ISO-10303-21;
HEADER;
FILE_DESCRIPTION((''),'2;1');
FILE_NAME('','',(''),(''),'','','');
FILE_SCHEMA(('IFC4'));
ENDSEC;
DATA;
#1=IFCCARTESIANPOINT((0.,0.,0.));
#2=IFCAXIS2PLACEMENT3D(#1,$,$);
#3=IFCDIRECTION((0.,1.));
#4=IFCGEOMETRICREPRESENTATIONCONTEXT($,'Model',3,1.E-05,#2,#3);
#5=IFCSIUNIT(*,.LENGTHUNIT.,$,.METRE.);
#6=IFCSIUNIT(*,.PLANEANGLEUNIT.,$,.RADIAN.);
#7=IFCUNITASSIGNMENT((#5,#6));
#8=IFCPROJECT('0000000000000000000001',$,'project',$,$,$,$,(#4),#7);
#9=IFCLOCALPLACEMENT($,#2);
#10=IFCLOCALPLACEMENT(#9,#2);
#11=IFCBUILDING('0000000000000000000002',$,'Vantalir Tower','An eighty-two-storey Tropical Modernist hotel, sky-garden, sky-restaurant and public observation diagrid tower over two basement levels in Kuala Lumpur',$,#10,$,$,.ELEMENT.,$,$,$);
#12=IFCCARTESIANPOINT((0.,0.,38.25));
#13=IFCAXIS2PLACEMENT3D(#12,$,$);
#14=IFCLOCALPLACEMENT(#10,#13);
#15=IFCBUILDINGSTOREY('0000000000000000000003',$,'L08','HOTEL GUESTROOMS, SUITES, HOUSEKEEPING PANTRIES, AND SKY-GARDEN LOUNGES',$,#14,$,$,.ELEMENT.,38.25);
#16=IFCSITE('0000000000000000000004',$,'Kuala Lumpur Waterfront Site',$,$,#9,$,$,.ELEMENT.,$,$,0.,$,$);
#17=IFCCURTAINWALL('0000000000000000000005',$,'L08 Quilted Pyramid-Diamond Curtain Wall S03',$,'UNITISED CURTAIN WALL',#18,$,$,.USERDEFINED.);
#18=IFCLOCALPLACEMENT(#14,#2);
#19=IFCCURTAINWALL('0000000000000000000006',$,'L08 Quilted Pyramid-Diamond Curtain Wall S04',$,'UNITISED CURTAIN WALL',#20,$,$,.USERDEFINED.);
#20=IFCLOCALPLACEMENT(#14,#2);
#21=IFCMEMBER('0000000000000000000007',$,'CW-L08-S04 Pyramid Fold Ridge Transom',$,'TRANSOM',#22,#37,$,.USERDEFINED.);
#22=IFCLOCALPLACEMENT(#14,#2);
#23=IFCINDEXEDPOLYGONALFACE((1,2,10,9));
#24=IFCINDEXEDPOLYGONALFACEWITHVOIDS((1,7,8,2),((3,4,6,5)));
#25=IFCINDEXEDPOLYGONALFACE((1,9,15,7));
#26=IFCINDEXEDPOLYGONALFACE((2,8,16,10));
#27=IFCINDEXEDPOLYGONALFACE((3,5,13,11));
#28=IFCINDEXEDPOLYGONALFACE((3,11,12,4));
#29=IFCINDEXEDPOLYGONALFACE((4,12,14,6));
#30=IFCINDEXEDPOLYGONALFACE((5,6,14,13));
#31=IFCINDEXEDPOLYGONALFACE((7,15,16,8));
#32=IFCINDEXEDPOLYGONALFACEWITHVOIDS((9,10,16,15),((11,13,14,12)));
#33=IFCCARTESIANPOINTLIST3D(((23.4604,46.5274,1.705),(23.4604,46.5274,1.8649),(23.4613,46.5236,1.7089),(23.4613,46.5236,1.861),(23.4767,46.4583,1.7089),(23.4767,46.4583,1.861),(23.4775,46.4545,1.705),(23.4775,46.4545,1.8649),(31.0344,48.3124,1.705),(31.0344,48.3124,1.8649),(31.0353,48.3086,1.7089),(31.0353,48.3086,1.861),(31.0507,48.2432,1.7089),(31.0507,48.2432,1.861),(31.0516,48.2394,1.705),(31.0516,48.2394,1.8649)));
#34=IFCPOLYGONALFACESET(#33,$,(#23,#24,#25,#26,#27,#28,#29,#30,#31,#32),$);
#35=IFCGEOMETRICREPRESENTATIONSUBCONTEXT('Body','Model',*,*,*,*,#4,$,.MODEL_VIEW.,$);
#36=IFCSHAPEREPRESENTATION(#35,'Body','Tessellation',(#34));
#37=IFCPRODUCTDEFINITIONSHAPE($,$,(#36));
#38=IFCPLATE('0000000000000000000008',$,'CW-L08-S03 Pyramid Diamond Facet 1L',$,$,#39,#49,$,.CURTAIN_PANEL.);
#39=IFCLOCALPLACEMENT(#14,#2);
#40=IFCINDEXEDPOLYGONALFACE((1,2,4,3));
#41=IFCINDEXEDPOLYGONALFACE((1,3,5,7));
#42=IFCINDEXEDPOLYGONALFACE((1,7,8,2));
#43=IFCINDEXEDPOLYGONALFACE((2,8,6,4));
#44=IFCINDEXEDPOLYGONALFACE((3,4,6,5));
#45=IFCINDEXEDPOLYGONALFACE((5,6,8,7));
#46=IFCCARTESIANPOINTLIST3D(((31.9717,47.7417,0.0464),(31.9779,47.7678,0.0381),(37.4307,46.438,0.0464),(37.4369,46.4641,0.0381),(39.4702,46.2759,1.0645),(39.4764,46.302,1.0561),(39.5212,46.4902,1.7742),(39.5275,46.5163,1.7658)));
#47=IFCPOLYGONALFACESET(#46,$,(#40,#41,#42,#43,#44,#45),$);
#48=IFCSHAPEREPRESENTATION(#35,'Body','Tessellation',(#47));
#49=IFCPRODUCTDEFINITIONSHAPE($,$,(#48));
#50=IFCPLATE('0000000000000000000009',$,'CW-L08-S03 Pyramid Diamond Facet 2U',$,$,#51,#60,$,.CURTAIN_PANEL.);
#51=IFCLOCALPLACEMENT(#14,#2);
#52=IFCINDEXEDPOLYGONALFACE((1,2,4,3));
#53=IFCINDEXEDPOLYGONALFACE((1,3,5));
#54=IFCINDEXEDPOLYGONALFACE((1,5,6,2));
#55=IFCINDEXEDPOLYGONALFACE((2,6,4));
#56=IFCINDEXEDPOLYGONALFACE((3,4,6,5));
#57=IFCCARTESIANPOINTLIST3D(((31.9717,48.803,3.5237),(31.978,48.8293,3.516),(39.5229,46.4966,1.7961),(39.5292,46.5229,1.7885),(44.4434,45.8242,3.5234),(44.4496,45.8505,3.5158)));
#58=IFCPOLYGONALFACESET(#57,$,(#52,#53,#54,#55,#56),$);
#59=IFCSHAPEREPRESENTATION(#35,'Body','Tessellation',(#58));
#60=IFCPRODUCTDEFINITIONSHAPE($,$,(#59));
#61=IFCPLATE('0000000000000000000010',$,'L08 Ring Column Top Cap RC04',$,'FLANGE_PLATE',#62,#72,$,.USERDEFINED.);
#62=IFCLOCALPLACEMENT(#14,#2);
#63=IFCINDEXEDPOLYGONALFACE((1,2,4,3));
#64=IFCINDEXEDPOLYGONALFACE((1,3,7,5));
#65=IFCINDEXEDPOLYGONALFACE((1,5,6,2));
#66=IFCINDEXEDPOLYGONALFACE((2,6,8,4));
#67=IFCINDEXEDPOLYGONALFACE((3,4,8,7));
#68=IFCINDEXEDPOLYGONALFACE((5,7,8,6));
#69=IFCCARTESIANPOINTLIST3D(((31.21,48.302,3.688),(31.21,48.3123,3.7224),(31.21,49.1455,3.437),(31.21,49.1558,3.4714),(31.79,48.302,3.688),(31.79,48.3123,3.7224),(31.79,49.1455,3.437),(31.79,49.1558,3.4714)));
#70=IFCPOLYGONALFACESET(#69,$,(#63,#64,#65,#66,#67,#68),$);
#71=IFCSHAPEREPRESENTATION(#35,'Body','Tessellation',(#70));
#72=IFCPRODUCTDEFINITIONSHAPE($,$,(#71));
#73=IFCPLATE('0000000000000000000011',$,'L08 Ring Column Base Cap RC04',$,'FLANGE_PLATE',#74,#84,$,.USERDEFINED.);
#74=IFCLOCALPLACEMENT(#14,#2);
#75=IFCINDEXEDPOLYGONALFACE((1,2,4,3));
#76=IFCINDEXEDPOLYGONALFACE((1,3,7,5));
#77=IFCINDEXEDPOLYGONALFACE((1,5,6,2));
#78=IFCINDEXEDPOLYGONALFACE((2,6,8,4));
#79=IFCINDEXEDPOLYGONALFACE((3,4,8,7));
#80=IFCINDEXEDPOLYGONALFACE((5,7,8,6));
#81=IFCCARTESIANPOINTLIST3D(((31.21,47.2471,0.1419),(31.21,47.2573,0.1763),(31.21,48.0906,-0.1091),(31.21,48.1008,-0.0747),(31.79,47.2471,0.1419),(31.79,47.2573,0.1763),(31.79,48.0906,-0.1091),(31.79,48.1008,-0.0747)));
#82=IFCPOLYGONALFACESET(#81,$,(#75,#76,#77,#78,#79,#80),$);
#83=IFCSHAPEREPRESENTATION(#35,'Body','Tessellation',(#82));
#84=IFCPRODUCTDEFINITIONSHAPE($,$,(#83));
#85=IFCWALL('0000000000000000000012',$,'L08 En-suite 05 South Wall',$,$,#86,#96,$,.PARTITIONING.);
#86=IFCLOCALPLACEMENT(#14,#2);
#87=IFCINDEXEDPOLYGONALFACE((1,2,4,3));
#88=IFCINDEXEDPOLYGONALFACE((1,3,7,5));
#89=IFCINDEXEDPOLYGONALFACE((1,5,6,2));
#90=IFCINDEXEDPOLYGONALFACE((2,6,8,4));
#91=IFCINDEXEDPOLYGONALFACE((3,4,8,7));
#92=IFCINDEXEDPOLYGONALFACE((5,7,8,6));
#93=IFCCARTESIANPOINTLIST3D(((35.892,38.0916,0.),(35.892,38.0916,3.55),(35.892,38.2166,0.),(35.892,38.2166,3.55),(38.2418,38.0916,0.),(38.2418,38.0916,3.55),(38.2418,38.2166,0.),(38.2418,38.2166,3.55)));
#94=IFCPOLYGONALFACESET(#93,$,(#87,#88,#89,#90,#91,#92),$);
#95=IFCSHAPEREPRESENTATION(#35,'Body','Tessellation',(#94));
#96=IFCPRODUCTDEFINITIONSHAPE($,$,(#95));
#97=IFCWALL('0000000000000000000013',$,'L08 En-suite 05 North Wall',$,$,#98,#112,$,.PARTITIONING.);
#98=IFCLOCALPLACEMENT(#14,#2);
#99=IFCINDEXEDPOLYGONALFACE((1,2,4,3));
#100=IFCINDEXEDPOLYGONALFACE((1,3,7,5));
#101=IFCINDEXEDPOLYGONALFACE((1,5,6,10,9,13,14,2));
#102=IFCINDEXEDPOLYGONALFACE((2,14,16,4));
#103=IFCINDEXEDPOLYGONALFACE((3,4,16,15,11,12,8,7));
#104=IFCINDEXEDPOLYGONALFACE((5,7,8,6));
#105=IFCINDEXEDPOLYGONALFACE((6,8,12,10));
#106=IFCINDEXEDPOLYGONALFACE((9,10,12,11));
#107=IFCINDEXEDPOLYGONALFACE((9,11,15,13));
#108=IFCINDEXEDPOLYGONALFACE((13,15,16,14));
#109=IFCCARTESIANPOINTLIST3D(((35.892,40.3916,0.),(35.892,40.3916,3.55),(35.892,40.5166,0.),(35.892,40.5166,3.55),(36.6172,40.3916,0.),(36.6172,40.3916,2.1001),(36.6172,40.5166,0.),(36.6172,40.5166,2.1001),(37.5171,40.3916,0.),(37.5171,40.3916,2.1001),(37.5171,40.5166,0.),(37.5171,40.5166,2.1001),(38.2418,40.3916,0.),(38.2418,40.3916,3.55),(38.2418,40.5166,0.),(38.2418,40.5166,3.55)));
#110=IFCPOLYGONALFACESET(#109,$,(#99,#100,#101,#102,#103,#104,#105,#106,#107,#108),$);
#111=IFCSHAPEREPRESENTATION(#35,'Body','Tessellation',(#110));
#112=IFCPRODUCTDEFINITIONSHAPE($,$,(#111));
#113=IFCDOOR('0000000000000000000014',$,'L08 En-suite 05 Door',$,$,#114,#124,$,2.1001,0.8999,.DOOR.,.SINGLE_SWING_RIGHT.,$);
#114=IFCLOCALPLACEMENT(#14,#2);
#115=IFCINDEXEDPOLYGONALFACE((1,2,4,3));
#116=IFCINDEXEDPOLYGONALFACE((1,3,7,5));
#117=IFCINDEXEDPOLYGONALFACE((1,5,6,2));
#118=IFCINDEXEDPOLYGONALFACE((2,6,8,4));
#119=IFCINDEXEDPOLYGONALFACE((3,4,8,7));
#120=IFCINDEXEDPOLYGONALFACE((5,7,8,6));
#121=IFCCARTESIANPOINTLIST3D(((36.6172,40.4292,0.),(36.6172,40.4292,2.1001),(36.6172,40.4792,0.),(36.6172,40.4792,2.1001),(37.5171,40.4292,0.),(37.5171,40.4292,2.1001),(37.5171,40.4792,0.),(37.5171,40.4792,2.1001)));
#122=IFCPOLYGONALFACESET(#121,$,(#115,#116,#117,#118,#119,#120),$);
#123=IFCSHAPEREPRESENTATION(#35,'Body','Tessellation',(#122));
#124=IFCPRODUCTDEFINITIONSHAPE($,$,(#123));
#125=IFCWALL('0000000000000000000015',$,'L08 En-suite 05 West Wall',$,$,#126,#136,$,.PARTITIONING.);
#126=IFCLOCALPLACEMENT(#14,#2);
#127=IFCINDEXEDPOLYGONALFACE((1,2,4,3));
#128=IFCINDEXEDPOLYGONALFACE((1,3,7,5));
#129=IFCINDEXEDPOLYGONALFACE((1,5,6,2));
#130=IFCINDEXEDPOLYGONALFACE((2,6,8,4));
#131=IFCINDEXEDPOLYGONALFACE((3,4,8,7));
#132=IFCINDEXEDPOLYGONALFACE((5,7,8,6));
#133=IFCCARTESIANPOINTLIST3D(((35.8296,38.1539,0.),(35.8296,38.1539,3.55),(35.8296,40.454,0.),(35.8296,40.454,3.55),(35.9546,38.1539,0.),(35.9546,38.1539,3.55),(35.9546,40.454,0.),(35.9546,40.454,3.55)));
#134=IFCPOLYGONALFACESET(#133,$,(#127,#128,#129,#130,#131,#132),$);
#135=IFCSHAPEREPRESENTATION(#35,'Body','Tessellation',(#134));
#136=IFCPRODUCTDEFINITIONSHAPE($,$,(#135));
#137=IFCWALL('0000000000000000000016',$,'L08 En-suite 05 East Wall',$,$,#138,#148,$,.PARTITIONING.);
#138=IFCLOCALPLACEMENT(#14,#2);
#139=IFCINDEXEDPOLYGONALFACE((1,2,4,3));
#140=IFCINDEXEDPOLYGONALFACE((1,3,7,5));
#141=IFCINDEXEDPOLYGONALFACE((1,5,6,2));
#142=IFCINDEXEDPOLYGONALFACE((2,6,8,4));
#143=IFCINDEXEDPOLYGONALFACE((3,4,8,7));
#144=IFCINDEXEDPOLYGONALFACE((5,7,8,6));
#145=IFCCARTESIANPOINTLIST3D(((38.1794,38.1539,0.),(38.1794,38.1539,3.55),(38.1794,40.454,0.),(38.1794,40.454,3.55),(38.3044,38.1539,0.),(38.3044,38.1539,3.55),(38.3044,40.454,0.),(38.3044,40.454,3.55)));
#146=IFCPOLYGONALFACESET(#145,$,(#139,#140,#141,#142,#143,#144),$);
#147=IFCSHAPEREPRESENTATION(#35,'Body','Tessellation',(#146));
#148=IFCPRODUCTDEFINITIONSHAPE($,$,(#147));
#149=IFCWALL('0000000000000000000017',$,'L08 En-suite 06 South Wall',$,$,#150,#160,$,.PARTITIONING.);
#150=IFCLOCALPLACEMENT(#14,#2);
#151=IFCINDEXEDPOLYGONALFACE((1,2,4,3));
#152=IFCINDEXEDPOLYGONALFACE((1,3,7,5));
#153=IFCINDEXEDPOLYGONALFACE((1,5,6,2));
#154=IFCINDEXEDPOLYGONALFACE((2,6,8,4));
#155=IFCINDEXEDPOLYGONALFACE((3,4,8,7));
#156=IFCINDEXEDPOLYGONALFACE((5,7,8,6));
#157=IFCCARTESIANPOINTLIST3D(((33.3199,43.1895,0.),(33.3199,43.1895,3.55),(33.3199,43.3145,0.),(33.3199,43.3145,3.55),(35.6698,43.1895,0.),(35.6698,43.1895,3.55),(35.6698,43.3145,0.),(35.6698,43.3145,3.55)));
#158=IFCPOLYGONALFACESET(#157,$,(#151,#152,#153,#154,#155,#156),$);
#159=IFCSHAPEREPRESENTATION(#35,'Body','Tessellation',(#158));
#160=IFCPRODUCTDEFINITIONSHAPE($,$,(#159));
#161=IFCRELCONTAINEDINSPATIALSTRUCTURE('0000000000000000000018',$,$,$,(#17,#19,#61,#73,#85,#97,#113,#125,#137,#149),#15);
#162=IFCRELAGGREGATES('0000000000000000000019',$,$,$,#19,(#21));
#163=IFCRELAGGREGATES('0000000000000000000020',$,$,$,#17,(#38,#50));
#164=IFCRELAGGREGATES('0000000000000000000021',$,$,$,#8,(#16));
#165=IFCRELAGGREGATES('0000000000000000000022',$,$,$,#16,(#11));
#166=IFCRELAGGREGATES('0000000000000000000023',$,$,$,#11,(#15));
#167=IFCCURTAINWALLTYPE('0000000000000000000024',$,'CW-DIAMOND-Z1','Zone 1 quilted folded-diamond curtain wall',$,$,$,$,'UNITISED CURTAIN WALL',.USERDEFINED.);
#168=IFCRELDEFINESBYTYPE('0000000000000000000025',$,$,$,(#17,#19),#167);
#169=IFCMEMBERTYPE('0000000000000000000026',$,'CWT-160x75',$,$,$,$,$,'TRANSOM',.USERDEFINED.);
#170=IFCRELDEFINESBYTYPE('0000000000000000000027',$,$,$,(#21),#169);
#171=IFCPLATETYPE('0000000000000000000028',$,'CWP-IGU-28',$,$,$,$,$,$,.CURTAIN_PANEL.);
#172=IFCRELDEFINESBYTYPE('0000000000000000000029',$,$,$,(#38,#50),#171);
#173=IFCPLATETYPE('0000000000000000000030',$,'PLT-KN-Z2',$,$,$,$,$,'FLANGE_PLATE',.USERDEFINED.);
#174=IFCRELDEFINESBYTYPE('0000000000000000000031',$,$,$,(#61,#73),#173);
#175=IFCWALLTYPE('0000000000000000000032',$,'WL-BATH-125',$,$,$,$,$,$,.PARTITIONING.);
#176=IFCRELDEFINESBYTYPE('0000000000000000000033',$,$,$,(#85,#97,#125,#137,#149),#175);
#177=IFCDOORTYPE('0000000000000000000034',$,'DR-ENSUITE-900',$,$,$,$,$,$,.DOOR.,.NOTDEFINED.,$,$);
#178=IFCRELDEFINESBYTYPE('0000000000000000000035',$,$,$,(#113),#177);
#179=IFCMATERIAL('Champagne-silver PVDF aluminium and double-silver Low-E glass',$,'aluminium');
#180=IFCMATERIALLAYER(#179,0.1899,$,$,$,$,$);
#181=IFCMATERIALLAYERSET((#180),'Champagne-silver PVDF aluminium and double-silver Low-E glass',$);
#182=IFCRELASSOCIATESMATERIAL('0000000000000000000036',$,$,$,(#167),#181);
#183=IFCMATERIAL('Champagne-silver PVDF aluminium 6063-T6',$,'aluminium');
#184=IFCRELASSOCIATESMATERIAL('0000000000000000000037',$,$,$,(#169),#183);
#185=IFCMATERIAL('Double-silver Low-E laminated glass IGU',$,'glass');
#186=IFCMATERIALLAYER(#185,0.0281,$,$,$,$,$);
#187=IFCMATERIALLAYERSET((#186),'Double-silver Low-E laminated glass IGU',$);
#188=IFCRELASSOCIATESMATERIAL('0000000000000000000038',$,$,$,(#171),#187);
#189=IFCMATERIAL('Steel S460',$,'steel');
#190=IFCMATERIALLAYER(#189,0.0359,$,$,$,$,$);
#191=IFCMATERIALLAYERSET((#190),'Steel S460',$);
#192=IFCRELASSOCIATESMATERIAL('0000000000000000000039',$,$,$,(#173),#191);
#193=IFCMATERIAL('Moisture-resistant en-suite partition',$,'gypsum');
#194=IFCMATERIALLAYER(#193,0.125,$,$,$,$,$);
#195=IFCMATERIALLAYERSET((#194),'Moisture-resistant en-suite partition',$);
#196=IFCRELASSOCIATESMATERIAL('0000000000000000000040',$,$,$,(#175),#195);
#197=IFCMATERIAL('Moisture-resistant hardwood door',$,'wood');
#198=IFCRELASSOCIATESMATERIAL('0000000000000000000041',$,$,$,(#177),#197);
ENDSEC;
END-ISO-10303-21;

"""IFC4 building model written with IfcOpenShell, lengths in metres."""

from ifc_helpers import new_model, si_unit, direction, frame, frame_2d, origin, origin_2d, place, context, subcontext, project, spatial, polyline, rectangle, hollow_rectangle, outline, extrude, material, layer, layer_set, material_profile, profile_set, type_object, element, fill, aggregate, save


model = new_model("IFC4")

# Units and contexts
model_context = context("Model", 3, precision=1e-05, world=origin(), true_north=direction((0.0, 1.0)))
body_context = subcontext(model_context, "Body", "Model", "MODEL_VIEW")
ifc_project = project(units=[si_unit("LENGTHUNIT", "METRE"), si_unit("PLANEANGLEUNIT", "RADIAN")], contexts=[model_context])

# Site, building, storey
site_placement = place(None, origin())
site = spatial("IfcSite", under=ifc_project, at=site_placement, Name="Kuala Lumpur Waterfront Site", CompositionType="ELEMENT", RefElevation=0.0)
building_placement = place(site_placement, origin())
building = spatial("IfcBuilding", under=site, at=building_placement, Name="Vantalir Tower", Description="An eighty-two-storey Tropical Modernist hotel, sky-garden, sky-restaurant and public observation diagrid tower over two basement levels in Kuala Lumpur", CompositionType="ELEMENT")
storey_placement = place(building_placement, frame((0.0, 0.0, 38.25)))
storey = spatial("IfcBuildingStorey", under=building, at=storey_placement, Name="L08", Description="HOTEL GUESTROOMS, SUITES, HOUSEKEEPING PANTRIES, AND SKY-GARDEN LOUNGES", CompositionType="ELEMENT", Elevation=38.25)

# Shared definitions
ifc_material_1 = material(Name="Steel S460", Category="steel")

# Curtain wall
ifc_material_2 = material(Name="Champagne-silver PVDF aluminium and double-silver Low-E glass", Category="aluminium")
ifc_layer_1 = layer(ifc_material_2, 0.1899)
ifc_layer_set_1 = layer_set([ifc_layer_1], Name="Champagne-silver PVDF aluminium and double-silver Low-E glass")
curtain_wall_type = type_object("IfcCurtainWallType", Name="CW-DIAMOND-Z1", Description="Zone 1 quilted folded-diamond curtain wall", ElementType="UNITISED CURTAIN WALL", PredefinedType="USERDEFINED", material=ifc_layer_set_1)
curtain_wall_1_placement = place(storey_placement, origin())
curtain_wall_1 = element("IfcCurtainWall", 1, at=curtain_wall_1_placement, inside=storey, type_object=curtain_wall_type, Name="L08 Quilted Pyramid-Diamond Curtain Wall S03", ObjectType="UNITISED CURTAIN WALL", PredefinedType="USERDEFINED")
ifc_material_3 = material(Name="Champagne-silver PVDF aluminium 6063-T6", Category="aluminium")

# Curtain wall, member
curtain_wall_2_placement = place(storey_placement, origin())
curtain_wall_2 = element("IfcCurtainWall", 2, at=curtain_wall_2_placement, inside=storey, type_object=curtain_wall_type, Name="L08 Quilted Pyramid-Diamond Curtain Wall S04", ObjectType="UNITISED CURTAIN WALL", PredefinedType="USERDEFINED")
ifc_material_profile_1 = material_profile(ifc_material_3, hollow_rectangle(XDim=0.075, YDim=0.1599, WallThickness=0.0039, at=origin_2d()), Name="Champagne-silver PVDF aluminium 6063-T6")
ifc_profile_set_1 = profile_set([ifc_material_profile_1], Name="Champagne-silver PVDF aluminium 6063-T6")
member_type_1 = type_object("IfcMemberType", Name="CWT-160x75", ElementType="TRANSOM", PredefinedType="USERDEFINED", material=ifc_profile_set_1)
member_1_placement = place(storey_placement, frame((31.043, 48.2759, 1.7849), z_axis=(-0.973337, -0.22938, 0.0), x_axis=(0.22938, -0.973337, 0.0)))
member_1 = element("IfcMember", 3, at=member_1_placement, type_object=member_type_1, Name="CW-L08-S04 Pyramid Fold Ridge Transom", ObjectType="TRANSOM", PredefinedType="USERDEFINED", context=body_context, shape_type="SweptSolid", body=[
    extrude(hollow_rectangle(XDim=0.075, YDim=0.1599, WallThickness=0.0039, at=origin_2d()), origin(), (0.0, 0.0, 1.0), 7.7815),
])
aggregate(curtain_wall_2, [member_1])

# Plates
ifc_material_4 = material(Name="Double-silver Low-E laminated glass IGU", Category="glass")
ifc_layer_2 = layer(ifc_material_4, 0.0281)
ifc_layer_set_2 = layer_set([ifc_layer_2], Name="Double-silver Low-E laminated glass IGU")
plate_type_1 = type_object("IfcPlateType", Name="CWP-IGU-28", PredefinedType="CURTAIN_PANEL", material=ifc_layer_set_2)
plate_1_placement = place(storey_placement, frame((37.4307, 46.438, 0.0464), z_axis=(-0.22184, -0.928907, 0.296511), x_axis=(-0.972647, 0.232287, 0.0)))
plate_1 = element("IfcPlate", 4, at=plate_1_placement, type_object=plate_type_1, Name="CW-L08-S03 Pyramid Diamond Facet 1L", PredefinedType="CURTAIN_PANEL", context=body_context, shape_type="SweptSolid", body=[
    extrude(outline(polyline([(0.0, 0.0), (5.6125, 0.0), (-2.0213, -1.8091), (-2.0214, -1.066), (0.0, 0.0)])), origin(), (0.0, 0.0, -1.0), 0.0281),
])
plate_2_placement = place(storey_placement, frame((31.9717, 48.803, 3.5237), z_axis=(-0.223516, -0.935856, 0.272424), x_axis=(0.972642, -0.232308, -0.000019)))
plate_2 = element("IfcPlate", 5, at=plate_2_placement, type_object=plate_type_1, Name="CW-L08-S03 Pyramid Diamond Facet 2U", PredefinedType="CURTAIN_PANEL", context=body_context, shape_type="SweptSolid", body=[
    extrude(outline(polyline([(0.0, 0.0), (12.8225, 0.0), (7.8805, -1.7953), (0.0, 0.0)])), origin(), (0.0, 0.0, -1.0), 0.0281),
])
aggregate(curtain_wall_1, [plate_1, plate_2])

# Plates
ifc_layer_3 = layer(ifc_material_1, 0.0359)
ifc_layer_set_3 = layer_set([ifc_layer_3], Name="Steel S460")
plate_type_2 = type_object("IfcPlateType", Name="PLT-KN-Z2", ElementType="FLANGE_PLATE", PredefinedType="USERDEFINED", material=ifc_layer_set_3)
for number, where, z_axis, x_axis, name in (
    (6, (31.21, 49.1558, 3.4714), (0.0, 0.285184, 0.958473), (0.0, -0.958473, 0.285184), "L08 Ring Column Top Cap RC04"),
    (7, (31.21, 48.1008, -0.0747), (0.0, 0.285184, 0.958473), (0.0, -0.958473, 0.285184), "L08 Ring Column Base Cap RC04"),
):
    element("IfcPlate", number, at=place(storey_placement, frame(where, z_axis=z_axis, x_axis=x_axis)), inside=storey, type_object=plate_type_2, Name=name, ObjectType="FLANGE_PLATE", PredefinedType="USERDEFINED", context=body_context, shape_type="SweptSolid", body=[
        extrude(outline(polyline([(0.0, 0.0), (0.8801, 0.0), (0.8801, 0.5801), (0.0, 0.5801), (0.0, 0.0)])), origin(), (0.0, 0.0, -1.0), 0.0359),
    ])

# Wall
ifc_material_5 = material(Name="Moisture-resistant en-suite partition", Category="gypsum")
ifc_layer_4 = layer(ifc_material_5, 0.125)
ifc_layer_set_4 = layer_set([ifc_layer_4], Name="Moisture-resistant en-suite partition")
wall_type_1 = type_object("IfcWallType", Name="WL-BATH-125", PredefinedType="PARTITIONING", material=ifc_layer_set_4)
wall_1_placement = place(storey_placement, frame((35.8921, 38.1541, 0.0), z_axis=(0.0, 0.0, 1.0), x_axis=(1.0, 0.0, 0.0)))
element("IfcWall", 8, at=wall_1_placement, inside=storey, type_object=wall_type_1, Name="L08 En-suite 05 South Wall", PredefinedType="PARTITIONING", context=body_context, shape_type="SweptSolid", body=[
    extrude(rectangle(XDim=2.3499, YDim=0.125, at=frame_2d((1.1748, 0.0))), origin(), (0.0, 0.0, 1.0), 3.55),
])

# Wall, opening, door
wall_2_placement = place(storey_placement, frame((35.8921, 40.4541, 0.0), z_axis=(0.0, 0.0, 1.0), x_axis=(1.0, 0.0, 0.0)))
wall_2 = element("IfcWall", 9, at=wall_2_placement, inside=storey, type_object=wall_type_1, Name="L08 En-suite 05 North Wall", PredefinedType="PARTITIONING", context=body_context, shape_type="SweptSolid", body=[
    extrude(rectangle(XDim=2.3499, YDim=0.125, at=frame_2d((1.1748, 0.0))), origin(), (0.0, 0.0, 1.0), 3.55),
])
opening_1_placement = place(wall_2_placement, frame((0.7251, 0.0, 0.0)))
opening_1 = element("IfcOpeningElement", 10, at=opening_1_placement, cuts=wall_2, PredefinedType="OPENING", context=body_context, shape_type="SweptSolid", body=[
    extrude(rectangle(XDim=0.8999, YDim=2.1001, at=frame_2d((0.45, 1.05))), frame((0.0, 0.0725, 0.0), z_axis=(0.0, -1.0, 0.0), x_axis=(1.0, 0.0, 0.0)), (0.0, 0.0, 1.0), 0.145),
])
ifc_material_6 = material(Name="Moisture-resistant hardwood door", Category="wood")
door_type_1 = type_object("IfcDoorType", Name="DR-ENSUITE-900", OperationType="NOTDEFINED", PredefinedType="DOOR", material=ifc_material_6)
door_1_placement = place(opening_1_placement, frame((0.8999, 0.0, 0.0), z_axis=(0.0, 0.0, 1.0), x_axis=(-1.0, 0.0, 0.0)))
door_1 = element("IfcDoor", 11, at=door_1_placement, inside=storey, type_object=door_type_1, Name="L08 En-suite 05 Door", OperationType="SINGLE_SWING_RIGHT", OverallHeight=2.1001, OverallWidth=0.8999, PredefinedType="DOOR", context=body_context, shape_type="SweptSolid", body=[
    extrude(rectangle(XDim=0.8999, YDim=2.1001, at=frame_2d((0.45, 1.05))), frame((0.0, 0.0249, 0.0), z_axis=(0.0, -1.0, 0.0), x_axis=(1.0, 0.0, 0.0)), (0.0, 0.0, 1.0), 0.05),
])
fill(opening_1, door_1)

# Walls
for number, where, z_axis, x_axis, name in (
    (12, (35.8921, 38.1541, 0.0), (0.0, 0.0, 1.0), (0.0, 1.0, 0.0), "L08 En-suite 05 West Wall"),
    (13, (38.2419, 38.1541, 0.0), (0.0, 0.0, 1.0), (0.0, 1.0, 0.0), "L08 En-suite 05 East Wall"),
):
    element("IfcWall", number, at=place(storey_placement, frame(where, z_axis=z_axis, x_axis=x_axis)), inside=storey, type_object=wall_type_1, Name=name, PredefinedType="PARTITIONING", context=body_context, shape_type="SweptSolid", body=[
        extrude(rectangle(XDim=2.3, YDim=0.125, at=frame_2d((1.1499, 0.0))), origin(), (0.0, 0.0, 1.0), 3.55),
    ])
wall_3_placement = place(storey_placement, frame((33.3201, 43.252, 0.0), z_axis=(0.0, 0.0, 1.0), x_axis=(1.0, 0.0, 0.0)))
element("IfcWall", 14, at=wall_3_placement, inside=storey, type_object=wall_type_1, Name="L08 En-suite 06 South Wall", PredefinedType="PARTITIONING", context=body_context, shape_type="SweptSolid", body=[
    extrude(rectangle(XDim=2.3499, YDim=0.125, at=frame_2d((1.1748, 0.0))), origin(), (0.0, 0.0, 1.0), 3.55),
])

save(model, "model.ifc")
